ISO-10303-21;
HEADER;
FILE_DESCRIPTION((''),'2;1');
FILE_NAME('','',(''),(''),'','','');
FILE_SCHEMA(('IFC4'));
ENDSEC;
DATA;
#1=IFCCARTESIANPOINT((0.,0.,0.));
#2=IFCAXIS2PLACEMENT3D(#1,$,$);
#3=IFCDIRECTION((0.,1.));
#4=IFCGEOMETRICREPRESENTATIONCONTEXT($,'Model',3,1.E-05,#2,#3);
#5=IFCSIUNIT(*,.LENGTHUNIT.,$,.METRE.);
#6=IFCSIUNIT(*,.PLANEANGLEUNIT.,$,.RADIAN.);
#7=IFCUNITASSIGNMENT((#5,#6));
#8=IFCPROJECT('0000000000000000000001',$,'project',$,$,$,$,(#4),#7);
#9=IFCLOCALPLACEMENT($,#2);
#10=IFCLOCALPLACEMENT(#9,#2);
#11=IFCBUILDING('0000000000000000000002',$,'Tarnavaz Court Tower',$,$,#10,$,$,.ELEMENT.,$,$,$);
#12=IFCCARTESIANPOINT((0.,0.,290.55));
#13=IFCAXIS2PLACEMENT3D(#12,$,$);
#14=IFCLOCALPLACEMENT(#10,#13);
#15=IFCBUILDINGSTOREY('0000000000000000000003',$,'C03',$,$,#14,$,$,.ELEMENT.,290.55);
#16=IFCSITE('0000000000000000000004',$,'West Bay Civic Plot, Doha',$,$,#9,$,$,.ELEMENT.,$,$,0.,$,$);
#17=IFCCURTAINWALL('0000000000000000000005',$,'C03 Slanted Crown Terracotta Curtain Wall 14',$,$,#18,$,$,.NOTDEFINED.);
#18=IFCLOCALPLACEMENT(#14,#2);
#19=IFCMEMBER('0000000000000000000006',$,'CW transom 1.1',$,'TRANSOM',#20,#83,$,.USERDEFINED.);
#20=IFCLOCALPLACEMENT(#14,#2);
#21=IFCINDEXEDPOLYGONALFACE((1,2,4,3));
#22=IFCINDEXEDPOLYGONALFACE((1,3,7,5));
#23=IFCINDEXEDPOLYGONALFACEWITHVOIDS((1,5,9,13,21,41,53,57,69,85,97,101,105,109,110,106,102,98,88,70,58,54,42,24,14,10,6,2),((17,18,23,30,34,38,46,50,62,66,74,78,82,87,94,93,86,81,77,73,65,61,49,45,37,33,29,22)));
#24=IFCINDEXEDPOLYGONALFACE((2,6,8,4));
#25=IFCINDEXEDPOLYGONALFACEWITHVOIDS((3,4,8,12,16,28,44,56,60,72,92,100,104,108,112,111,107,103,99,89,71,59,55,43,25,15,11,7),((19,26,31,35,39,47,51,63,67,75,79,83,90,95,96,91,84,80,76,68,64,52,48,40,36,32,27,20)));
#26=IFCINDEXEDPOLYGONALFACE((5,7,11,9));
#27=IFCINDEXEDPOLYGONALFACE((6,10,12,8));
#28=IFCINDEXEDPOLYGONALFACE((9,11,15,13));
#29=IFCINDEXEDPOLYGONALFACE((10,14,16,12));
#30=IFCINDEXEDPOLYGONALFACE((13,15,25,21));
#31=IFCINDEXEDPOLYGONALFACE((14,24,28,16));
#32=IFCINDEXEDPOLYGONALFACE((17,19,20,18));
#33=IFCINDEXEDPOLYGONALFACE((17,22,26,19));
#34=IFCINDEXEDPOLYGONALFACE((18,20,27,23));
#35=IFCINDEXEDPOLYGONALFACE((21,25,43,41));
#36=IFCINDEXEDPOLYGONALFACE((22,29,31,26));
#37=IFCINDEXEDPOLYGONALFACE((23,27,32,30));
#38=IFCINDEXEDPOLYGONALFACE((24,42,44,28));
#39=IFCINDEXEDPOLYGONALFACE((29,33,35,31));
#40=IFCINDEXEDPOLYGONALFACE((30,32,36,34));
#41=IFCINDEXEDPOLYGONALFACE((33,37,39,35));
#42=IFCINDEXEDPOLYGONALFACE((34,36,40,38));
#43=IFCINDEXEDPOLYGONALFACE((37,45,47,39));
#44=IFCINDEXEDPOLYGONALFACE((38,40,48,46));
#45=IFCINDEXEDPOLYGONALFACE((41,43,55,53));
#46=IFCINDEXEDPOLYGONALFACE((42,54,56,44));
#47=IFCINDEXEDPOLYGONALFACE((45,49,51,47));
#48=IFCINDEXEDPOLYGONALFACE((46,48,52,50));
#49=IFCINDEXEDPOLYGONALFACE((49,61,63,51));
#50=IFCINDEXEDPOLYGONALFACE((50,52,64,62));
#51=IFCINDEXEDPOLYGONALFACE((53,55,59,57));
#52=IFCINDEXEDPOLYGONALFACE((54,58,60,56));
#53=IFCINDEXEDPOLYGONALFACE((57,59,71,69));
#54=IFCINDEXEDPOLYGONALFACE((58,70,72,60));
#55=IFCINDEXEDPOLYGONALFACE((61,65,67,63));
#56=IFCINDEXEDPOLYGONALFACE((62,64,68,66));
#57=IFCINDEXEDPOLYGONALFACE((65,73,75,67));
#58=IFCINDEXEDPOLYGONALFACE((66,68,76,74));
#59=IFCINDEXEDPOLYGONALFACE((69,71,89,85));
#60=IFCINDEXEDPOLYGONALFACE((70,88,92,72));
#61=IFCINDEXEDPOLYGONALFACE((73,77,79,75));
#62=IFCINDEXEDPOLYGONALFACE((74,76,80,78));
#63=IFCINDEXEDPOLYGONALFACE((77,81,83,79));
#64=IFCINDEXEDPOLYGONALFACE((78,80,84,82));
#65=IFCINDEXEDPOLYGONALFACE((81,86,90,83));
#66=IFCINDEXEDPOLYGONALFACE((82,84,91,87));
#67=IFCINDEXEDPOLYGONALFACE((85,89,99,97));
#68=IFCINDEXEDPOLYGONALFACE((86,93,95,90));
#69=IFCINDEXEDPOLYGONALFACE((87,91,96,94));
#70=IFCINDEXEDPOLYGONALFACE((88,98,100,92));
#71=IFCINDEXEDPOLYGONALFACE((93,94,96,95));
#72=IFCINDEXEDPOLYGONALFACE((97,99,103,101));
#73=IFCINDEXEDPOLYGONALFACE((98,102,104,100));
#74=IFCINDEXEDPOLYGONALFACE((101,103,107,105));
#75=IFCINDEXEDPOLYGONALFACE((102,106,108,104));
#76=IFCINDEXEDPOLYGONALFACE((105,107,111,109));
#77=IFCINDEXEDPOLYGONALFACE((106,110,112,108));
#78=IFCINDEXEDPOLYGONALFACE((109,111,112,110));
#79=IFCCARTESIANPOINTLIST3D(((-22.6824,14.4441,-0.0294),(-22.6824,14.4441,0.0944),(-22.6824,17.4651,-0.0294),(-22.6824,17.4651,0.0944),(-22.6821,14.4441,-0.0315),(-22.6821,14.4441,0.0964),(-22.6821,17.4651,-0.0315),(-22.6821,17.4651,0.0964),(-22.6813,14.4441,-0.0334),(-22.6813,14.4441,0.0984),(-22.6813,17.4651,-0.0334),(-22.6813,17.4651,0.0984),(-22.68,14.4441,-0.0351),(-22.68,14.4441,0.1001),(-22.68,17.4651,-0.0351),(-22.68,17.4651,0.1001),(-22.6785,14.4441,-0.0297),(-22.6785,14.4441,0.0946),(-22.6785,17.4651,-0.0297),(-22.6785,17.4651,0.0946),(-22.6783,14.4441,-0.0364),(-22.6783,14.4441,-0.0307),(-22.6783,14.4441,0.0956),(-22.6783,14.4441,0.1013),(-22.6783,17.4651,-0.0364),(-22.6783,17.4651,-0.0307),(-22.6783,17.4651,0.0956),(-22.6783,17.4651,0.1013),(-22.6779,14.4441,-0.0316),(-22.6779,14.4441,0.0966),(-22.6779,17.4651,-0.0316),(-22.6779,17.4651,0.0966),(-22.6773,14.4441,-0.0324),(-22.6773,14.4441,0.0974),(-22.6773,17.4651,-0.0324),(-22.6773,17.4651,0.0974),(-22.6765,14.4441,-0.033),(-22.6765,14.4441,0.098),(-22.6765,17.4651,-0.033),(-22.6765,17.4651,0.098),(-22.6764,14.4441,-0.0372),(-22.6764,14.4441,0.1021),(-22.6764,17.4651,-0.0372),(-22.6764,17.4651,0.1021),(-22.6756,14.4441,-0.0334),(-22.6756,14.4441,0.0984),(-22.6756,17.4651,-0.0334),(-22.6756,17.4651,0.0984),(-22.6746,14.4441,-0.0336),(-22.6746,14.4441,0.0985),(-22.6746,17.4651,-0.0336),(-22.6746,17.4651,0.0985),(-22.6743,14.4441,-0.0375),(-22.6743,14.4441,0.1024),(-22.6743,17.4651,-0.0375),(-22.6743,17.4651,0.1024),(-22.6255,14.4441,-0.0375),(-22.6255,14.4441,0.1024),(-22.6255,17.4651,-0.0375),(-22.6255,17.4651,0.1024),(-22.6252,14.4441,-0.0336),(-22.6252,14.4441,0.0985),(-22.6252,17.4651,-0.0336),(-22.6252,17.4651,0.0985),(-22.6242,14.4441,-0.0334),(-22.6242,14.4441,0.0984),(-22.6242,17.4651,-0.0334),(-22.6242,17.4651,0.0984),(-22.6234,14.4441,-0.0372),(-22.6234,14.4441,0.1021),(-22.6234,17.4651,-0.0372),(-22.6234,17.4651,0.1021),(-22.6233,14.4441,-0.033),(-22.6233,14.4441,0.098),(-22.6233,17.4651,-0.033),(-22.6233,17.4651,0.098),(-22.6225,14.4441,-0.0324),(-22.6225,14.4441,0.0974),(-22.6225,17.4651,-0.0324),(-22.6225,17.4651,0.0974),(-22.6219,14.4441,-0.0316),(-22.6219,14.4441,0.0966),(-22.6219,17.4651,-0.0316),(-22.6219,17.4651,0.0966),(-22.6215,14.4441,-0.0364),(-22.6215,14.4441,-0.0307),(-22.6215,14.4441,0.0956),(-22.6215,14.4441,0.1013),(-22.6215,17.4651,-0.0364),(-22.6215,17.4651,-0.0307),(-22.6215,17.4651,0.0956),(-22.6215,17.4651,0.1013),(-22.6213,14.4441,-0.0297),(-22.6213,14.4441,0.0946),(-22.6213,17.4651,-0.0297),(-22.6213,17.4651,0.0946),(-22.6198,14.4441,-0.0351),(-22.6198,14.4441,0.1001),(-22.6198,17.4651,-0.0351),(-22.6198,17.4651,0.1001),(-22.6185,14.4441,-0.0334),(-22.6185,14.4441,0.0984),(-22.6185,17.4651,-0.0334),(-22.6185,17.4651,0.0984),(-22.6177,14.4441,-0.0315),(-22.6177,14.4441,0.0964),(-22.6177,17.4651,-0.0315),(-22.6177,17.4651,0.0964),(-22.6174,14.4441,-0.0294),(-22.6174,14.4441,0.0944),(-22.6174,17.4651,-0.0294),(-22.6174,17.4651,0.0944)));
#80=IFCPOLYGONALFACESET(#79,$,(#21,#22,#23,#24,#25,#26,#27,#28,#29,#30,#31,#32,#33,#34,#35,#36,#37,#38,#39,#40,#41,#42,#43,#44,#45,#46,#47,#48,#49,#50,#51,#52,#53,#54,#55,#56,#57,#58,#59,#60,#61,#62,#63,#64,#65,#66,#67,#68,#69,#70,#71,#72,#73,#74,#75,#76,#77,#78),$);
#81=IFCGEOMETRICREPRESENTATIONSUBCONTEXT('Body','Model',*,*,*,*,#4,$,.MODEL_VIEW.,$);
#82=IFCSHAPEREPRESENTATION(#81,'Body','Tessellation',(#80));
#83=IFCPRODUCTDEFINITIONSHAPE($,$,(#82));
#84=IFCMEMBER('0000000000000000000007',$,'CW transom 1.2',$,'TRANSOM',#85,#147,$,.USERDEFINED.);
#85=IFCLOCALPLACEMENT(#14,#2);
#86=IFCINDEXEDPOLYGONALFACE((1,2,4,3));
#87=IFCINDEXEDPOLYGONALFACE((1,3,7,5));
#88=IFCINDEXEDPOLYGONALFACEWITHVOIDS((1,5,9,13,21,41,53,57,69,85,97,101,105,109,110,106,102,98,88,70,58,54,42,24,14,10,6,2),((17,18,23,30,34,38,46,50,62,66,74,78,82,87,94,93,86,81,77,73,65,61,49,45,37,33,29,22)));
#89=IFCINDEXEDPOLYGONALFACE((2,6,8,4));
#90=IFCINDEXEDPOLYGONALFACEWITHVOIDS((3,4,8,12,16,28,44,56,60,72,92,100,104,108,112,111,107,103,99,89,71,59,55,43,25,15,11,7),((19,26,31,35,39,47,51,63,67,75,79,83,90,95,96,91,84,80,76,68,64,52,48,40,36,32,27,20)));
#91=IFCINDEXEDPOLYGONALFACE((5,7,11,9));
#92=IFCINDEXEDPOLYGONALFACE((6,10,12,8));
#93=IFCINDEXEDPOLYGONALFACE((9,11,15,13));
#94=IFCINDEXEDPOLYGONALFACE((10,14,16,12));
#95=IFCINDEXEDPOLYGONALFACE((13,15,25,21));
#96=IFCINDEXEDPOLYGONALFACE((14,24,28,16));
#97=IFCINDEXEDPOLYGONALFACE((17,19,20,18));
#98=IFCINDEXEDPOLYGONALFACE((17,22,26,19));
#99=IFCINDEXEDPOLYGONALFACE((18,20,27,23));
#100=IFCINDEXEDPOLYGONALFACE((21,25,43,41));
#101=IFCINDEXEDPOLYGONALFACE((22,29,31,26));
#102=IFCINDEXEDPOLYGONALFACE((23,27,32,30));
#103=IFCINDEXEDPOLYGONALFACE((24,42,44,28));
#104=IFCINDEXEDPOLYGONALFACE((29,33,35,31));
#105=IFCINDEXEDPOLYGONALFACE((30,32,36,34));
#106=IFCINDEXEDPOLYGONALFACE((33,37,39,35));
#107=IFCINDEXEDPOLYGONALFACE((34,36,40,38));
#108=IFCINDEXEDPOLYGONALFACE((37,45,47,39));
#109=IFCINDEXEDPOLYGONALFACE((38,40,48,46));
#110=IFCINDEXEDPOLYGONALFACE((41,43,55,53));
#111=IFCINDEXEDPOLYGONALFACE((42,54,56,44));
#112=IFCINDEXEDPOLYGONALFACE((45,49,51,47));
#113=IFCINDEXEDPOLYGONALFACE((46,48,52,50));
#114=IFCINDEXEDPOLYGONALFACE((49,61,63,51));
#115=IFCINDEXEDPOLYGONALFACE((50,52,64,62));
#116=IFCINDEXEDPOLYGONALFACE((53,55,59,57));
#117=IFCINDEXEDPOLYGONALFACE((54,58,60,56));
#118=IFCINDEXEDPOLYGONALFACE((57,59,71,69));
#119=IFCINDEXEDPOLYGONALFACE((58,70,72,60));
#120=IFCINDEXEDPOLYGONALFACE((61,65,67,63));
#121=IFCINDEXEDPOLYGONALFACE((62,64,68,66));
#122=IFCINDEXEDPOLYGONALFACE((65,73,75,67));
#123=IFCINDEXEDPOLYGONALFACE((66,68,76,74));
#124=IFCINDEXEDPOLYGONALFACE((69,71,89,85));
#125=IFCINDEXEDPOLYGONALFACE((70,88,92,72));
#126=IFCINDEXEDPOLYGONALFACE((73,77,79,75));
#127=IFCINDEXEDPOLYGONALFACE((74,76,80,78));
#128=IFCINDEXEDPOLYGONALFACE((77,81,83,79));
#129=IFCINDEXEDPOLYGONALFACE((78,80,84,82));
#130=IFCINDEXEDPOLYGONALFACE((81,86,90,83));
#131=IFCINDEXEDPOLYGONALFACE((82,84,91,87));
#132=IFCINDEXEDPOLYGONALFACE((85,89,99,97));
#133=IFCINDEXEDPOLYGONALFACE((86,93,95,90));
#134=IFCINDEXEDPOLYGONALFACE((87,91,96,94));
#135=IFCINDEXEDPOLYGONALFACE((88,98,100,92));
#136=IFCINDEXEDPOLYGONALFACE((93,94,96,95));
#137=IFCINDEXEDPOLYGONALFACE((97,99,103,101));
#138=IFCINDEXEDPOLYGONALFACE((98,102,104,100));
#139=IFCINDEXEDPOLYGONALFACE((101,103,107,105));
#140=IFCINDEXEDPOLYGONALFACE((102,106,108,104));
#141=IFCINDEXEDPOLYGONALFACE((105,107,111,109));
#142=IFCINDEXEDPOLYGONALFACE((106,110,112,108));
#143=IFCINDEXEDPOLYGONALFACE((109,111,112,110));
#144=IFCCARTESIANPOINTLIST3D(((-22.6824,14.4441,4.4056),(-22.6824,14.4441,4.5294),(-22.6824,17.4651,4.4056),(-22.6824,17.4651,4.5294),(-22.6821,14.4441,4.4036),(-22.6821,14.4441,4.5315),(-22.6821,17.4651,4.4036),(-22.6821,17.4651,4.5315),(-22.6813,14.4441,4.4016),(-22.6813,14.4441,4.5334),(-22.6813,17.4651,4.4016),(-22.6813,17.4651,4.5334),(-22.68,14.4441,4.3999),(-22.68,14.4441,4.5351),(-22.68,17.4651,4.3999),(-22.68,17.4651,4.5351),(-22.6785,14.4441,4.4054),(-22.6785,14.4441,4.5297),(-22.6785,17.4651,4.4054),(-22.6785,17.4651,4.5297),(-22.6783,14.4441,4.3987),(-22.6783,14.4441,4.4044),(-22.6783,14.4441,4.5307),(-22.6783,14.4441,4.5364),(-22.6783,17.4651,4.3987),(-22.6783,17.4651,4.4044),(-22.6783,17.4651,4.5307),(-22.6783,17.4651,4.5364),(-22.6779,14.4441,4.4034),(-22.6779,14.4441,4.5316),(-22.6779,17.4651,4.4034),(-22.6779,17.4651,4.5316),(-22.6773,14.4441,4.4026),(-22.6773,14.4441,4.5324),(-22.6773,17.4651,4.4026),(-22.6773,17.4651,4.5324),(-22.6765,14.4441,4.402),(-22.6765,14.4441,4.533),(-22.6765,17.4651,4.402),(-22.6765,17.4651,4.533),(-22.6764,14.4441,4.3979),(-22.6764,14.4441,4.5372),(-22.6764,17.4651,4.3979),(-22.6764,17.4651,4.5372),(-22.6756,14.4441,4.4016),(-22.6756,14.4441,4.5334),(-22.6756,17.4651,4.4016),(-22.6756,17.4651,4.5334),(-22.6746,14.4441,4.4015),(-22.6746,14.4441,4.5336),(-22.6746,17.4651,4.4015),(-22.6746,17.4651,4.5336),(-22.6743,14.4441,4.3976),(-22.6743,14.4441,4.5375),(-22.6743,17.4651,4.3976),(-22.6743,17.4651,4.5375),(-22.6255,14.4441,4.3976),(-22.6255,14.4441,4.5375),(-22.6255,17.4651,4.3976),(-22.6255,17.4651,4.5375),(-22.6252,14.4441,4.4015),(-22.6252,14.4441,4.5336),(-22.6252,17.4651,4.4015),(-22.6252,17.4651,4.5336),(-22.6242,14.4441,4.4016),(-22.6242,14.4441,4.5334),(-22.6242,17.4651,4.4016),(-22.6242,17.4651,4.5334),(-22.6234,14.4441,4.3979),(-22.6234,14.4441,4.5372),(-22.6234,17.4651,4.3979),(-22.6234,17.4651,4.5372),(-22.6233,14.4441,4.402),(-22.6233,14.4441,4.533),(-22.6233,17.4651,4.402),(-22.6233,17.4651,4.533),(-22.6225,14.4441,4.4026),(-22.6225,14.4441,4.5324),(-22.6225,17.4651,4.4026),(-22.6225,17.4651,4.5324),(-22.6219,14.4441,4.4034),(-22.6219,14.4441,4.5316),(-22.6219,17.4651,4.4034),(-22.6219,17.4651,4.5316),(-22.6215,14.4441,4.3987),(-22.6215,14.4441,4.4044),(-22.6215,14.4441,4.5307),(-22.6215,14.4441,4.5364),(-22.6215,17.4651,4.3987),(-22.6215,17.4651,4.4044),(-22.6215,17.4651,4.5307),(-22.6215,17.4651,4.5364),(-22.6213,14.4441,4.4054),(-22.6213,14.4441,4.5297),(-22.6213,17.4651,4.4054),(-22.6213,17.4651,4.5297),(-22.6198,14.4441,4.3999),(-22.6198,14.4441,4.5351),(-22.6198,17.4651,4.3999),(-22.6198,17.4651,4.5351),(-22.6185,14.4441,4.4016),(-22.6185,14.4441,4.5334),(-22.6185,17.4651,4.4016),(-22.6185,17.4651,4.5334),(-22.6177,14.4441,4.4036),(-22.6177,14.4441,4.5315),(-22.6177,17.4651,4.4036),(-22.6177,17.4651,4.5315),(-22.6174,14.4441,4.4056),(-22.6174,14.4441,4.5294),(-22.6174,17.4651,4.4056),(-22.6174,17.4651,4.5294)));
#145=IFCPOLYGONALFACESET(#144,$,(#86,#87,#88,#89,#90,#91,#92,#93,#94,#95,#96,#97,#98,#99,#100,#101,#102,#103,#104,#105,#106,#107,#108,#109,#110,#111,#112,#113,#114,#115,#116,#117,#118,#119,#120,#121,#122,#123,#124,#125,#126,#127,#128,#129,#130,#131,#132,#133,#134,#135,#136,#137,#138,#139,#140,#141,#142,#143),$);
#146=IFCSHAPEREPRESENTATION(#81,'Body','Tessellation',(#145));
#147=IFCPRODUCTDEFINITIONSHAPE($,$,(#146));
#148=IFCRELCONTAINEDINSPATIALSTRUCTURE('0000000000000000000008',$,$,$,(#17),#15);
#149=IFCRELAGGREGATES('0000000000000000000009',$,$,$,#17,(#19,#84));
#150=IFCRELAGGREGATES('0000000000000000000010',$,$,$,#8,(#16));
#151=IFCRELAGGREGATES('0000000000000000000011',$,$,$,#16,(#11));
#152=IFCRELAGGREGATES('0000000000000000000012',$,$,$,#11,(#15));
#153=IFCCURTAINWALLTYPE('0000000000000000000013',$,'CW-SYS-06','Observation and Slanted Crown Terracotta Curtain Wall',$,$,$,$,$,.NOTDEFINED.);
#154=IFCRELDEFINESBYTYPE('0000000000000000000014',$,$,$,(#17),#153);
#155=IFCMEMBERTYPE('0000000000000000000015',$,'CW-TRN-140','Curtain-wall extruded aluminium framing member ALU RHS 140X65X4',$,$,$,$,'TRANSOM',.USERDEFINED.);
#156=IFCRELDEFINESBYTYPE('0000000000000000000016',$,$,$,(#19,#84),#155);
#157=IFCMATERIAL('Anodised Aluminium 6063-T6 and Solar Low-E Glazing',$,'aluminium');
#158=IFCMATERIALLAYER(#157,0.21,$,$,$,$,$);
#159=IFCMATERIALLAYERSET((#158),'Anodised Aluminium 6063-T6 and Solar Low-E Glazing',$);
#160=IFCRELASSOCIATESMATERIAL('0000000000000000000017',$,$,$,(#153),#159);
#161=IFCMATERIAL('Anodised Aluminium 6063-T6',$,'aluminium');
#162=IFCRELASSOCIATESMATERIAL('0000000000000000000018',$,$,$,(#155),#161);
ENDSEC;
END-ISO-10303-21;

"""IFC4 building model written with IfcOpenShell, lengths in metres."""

from ifc_helpers import new_model, si_unit, direction, frame, origin, origin_2d, place, context, subcontext, project, spatial, hollow_rectangle, extrude, material, layer, layer_set, material_profile, profile_set, type_object, element, aggregate, save


model = new_model("IFC4")

# Units and contexts
model_context = context("Model", 3, precision=1e-05, world=origin(), true_north=direction((0.0, 1.0)))
body_context = subcontext(model_context, "Body", "Model", "MODEL_VIEW")
ifc_project = project(units=[si_unit("LENGTHUNIT", "METRE"), si_unit("PLANEANGLEUNIT", "RADIAN")], contexts=[model_context])

# Site, building, storey
site_placement = place(None, origin())
site = spatial("IfcSite", under=ifc_project, at=site_placement, Name="West Bay Civic Plot, Doha", CompositionType="ELEMENT", RefElevation=0.0)
building_placement = place(site_placement, origin())
building = spatial("IfcBuilding", under=site, at=building_placement, Name="Tarnavaz Court Tower", CompositionType="ELEMENT")
storey_placement = place(building_placement, frame((0.0, 0.0, 290.55)))
storey = spatial("IfcBuildingStorey", under=building, at=storey_placement, Name="C03", CompositionType="ELEMENT", Elevation=290.55)

# Curtain wall
ifc_material_1 = material(Name="Anodised Aluminium 6063-T6 and Solar Low-E Glazing", Category="aluminium")
ifc_layer_1 = layer(ifc_material_1, 0.21)
ifc_layer_set_1 = layer_set([ifc_layer_1], Name="Anodised Aluminium 6063-T6 and Solar Low-E Glazing")
curtain_wall_type = type_object("IfcCurtainWallType", Name="CW-SYS-06", Description="Observation and Slanted Crown Terracotta Curtain Wall", PredefinedType="NOTDEFINED", material=ifc_layer_set_1)
curtain_wall_1_placement = place(storey_placement, origin())
curtain_wall_1 = element("IfcCurtainWall", 1, at=curtain_wall_1_placement, inside=storey, type_object=curtain_wall_type, Name="C03 Slanted Crown Terracotta Curtain Wall 14", PredefinedType="NOTDEFINED")
ifc_material_2 = material(Name="Anodised Aluminium 6063-T6", Category="aluminium")

# Members
ifc_material_profile_1 = material_profile(ifc_material_2, hollow_rectangle(XDim=0.0649, YDim=0.1399, WallThickness=0.0039, InnerFilletRadius=0.0039, OuterFilletRadius=0.0081, at=origin_2d()), Name="ALU RHS 140X65X4")
ifc_profile_set_1 = profile_set([ifc_material_profile_1], Name="Anodised Aluminium 6063-T6")
member_type_1 = type_object("IfcMemberType", Name="CW-TRN-140", Description="Curtain-wall extruded aluminium framing member ALU RHS 140X65X4", ElementType="TRANSOM", PredefinedType="USERDEFINED", material=ifc_profile_set_1)
member_1_placement = place(storey_placement, frame((-22.6499, 14.4441, 0.0325), z_axis=(0.0, 1.0, 0.0), x_axis=(-1.0, 0.0, 0.0)))
member_1 = element("IfcMember", 2, at=member_1_placement, type_object=member_type_1, Name="CW transom 1.1", ObjectType="TRANSOM", PredefinedType="USERDEFINED", context=body_context, shape_type="SweptSolid", body=[
    extrude(hollow_rectangle(XDim=0.0649, YDim=0.1399, WallThickness=0.0039, InnerFilletRadius=0.0039, OuterFilletRadius=0.0081, at=origin_2d()), origin(), (0.0, 0.0, 1.0), 3.021),
])
member_2_placement = place(storey_placement, frame((-22.6499, 14.4441, 4.4675), z_axis=(0.0, 1.0, 0.0), x_axis=(-1.0, 0.0, 0.0)))
member_2 = element("IfcMember", 3, at=member_2_placement, type_object=member_type_1, Name="CW transom 1.2", ObjectType="TRANSOM", PredefinedType="USERDEFINED", context=body_context, shape_type="SweptSolid", body=[
    extrude(hollow_rectangle(XDim=0.0649, YDim=0.1399, WallThickness=0.0039, InnerFilletRadius=0.0039, OuterFilletRadius=0.0081, at=origin_2d()), origin(), (0.0, 0.0, 1.0), 3.021),
])

aggregate(curtain_wall_1, [member_1, member_2])

save(model, "model.ifc")
